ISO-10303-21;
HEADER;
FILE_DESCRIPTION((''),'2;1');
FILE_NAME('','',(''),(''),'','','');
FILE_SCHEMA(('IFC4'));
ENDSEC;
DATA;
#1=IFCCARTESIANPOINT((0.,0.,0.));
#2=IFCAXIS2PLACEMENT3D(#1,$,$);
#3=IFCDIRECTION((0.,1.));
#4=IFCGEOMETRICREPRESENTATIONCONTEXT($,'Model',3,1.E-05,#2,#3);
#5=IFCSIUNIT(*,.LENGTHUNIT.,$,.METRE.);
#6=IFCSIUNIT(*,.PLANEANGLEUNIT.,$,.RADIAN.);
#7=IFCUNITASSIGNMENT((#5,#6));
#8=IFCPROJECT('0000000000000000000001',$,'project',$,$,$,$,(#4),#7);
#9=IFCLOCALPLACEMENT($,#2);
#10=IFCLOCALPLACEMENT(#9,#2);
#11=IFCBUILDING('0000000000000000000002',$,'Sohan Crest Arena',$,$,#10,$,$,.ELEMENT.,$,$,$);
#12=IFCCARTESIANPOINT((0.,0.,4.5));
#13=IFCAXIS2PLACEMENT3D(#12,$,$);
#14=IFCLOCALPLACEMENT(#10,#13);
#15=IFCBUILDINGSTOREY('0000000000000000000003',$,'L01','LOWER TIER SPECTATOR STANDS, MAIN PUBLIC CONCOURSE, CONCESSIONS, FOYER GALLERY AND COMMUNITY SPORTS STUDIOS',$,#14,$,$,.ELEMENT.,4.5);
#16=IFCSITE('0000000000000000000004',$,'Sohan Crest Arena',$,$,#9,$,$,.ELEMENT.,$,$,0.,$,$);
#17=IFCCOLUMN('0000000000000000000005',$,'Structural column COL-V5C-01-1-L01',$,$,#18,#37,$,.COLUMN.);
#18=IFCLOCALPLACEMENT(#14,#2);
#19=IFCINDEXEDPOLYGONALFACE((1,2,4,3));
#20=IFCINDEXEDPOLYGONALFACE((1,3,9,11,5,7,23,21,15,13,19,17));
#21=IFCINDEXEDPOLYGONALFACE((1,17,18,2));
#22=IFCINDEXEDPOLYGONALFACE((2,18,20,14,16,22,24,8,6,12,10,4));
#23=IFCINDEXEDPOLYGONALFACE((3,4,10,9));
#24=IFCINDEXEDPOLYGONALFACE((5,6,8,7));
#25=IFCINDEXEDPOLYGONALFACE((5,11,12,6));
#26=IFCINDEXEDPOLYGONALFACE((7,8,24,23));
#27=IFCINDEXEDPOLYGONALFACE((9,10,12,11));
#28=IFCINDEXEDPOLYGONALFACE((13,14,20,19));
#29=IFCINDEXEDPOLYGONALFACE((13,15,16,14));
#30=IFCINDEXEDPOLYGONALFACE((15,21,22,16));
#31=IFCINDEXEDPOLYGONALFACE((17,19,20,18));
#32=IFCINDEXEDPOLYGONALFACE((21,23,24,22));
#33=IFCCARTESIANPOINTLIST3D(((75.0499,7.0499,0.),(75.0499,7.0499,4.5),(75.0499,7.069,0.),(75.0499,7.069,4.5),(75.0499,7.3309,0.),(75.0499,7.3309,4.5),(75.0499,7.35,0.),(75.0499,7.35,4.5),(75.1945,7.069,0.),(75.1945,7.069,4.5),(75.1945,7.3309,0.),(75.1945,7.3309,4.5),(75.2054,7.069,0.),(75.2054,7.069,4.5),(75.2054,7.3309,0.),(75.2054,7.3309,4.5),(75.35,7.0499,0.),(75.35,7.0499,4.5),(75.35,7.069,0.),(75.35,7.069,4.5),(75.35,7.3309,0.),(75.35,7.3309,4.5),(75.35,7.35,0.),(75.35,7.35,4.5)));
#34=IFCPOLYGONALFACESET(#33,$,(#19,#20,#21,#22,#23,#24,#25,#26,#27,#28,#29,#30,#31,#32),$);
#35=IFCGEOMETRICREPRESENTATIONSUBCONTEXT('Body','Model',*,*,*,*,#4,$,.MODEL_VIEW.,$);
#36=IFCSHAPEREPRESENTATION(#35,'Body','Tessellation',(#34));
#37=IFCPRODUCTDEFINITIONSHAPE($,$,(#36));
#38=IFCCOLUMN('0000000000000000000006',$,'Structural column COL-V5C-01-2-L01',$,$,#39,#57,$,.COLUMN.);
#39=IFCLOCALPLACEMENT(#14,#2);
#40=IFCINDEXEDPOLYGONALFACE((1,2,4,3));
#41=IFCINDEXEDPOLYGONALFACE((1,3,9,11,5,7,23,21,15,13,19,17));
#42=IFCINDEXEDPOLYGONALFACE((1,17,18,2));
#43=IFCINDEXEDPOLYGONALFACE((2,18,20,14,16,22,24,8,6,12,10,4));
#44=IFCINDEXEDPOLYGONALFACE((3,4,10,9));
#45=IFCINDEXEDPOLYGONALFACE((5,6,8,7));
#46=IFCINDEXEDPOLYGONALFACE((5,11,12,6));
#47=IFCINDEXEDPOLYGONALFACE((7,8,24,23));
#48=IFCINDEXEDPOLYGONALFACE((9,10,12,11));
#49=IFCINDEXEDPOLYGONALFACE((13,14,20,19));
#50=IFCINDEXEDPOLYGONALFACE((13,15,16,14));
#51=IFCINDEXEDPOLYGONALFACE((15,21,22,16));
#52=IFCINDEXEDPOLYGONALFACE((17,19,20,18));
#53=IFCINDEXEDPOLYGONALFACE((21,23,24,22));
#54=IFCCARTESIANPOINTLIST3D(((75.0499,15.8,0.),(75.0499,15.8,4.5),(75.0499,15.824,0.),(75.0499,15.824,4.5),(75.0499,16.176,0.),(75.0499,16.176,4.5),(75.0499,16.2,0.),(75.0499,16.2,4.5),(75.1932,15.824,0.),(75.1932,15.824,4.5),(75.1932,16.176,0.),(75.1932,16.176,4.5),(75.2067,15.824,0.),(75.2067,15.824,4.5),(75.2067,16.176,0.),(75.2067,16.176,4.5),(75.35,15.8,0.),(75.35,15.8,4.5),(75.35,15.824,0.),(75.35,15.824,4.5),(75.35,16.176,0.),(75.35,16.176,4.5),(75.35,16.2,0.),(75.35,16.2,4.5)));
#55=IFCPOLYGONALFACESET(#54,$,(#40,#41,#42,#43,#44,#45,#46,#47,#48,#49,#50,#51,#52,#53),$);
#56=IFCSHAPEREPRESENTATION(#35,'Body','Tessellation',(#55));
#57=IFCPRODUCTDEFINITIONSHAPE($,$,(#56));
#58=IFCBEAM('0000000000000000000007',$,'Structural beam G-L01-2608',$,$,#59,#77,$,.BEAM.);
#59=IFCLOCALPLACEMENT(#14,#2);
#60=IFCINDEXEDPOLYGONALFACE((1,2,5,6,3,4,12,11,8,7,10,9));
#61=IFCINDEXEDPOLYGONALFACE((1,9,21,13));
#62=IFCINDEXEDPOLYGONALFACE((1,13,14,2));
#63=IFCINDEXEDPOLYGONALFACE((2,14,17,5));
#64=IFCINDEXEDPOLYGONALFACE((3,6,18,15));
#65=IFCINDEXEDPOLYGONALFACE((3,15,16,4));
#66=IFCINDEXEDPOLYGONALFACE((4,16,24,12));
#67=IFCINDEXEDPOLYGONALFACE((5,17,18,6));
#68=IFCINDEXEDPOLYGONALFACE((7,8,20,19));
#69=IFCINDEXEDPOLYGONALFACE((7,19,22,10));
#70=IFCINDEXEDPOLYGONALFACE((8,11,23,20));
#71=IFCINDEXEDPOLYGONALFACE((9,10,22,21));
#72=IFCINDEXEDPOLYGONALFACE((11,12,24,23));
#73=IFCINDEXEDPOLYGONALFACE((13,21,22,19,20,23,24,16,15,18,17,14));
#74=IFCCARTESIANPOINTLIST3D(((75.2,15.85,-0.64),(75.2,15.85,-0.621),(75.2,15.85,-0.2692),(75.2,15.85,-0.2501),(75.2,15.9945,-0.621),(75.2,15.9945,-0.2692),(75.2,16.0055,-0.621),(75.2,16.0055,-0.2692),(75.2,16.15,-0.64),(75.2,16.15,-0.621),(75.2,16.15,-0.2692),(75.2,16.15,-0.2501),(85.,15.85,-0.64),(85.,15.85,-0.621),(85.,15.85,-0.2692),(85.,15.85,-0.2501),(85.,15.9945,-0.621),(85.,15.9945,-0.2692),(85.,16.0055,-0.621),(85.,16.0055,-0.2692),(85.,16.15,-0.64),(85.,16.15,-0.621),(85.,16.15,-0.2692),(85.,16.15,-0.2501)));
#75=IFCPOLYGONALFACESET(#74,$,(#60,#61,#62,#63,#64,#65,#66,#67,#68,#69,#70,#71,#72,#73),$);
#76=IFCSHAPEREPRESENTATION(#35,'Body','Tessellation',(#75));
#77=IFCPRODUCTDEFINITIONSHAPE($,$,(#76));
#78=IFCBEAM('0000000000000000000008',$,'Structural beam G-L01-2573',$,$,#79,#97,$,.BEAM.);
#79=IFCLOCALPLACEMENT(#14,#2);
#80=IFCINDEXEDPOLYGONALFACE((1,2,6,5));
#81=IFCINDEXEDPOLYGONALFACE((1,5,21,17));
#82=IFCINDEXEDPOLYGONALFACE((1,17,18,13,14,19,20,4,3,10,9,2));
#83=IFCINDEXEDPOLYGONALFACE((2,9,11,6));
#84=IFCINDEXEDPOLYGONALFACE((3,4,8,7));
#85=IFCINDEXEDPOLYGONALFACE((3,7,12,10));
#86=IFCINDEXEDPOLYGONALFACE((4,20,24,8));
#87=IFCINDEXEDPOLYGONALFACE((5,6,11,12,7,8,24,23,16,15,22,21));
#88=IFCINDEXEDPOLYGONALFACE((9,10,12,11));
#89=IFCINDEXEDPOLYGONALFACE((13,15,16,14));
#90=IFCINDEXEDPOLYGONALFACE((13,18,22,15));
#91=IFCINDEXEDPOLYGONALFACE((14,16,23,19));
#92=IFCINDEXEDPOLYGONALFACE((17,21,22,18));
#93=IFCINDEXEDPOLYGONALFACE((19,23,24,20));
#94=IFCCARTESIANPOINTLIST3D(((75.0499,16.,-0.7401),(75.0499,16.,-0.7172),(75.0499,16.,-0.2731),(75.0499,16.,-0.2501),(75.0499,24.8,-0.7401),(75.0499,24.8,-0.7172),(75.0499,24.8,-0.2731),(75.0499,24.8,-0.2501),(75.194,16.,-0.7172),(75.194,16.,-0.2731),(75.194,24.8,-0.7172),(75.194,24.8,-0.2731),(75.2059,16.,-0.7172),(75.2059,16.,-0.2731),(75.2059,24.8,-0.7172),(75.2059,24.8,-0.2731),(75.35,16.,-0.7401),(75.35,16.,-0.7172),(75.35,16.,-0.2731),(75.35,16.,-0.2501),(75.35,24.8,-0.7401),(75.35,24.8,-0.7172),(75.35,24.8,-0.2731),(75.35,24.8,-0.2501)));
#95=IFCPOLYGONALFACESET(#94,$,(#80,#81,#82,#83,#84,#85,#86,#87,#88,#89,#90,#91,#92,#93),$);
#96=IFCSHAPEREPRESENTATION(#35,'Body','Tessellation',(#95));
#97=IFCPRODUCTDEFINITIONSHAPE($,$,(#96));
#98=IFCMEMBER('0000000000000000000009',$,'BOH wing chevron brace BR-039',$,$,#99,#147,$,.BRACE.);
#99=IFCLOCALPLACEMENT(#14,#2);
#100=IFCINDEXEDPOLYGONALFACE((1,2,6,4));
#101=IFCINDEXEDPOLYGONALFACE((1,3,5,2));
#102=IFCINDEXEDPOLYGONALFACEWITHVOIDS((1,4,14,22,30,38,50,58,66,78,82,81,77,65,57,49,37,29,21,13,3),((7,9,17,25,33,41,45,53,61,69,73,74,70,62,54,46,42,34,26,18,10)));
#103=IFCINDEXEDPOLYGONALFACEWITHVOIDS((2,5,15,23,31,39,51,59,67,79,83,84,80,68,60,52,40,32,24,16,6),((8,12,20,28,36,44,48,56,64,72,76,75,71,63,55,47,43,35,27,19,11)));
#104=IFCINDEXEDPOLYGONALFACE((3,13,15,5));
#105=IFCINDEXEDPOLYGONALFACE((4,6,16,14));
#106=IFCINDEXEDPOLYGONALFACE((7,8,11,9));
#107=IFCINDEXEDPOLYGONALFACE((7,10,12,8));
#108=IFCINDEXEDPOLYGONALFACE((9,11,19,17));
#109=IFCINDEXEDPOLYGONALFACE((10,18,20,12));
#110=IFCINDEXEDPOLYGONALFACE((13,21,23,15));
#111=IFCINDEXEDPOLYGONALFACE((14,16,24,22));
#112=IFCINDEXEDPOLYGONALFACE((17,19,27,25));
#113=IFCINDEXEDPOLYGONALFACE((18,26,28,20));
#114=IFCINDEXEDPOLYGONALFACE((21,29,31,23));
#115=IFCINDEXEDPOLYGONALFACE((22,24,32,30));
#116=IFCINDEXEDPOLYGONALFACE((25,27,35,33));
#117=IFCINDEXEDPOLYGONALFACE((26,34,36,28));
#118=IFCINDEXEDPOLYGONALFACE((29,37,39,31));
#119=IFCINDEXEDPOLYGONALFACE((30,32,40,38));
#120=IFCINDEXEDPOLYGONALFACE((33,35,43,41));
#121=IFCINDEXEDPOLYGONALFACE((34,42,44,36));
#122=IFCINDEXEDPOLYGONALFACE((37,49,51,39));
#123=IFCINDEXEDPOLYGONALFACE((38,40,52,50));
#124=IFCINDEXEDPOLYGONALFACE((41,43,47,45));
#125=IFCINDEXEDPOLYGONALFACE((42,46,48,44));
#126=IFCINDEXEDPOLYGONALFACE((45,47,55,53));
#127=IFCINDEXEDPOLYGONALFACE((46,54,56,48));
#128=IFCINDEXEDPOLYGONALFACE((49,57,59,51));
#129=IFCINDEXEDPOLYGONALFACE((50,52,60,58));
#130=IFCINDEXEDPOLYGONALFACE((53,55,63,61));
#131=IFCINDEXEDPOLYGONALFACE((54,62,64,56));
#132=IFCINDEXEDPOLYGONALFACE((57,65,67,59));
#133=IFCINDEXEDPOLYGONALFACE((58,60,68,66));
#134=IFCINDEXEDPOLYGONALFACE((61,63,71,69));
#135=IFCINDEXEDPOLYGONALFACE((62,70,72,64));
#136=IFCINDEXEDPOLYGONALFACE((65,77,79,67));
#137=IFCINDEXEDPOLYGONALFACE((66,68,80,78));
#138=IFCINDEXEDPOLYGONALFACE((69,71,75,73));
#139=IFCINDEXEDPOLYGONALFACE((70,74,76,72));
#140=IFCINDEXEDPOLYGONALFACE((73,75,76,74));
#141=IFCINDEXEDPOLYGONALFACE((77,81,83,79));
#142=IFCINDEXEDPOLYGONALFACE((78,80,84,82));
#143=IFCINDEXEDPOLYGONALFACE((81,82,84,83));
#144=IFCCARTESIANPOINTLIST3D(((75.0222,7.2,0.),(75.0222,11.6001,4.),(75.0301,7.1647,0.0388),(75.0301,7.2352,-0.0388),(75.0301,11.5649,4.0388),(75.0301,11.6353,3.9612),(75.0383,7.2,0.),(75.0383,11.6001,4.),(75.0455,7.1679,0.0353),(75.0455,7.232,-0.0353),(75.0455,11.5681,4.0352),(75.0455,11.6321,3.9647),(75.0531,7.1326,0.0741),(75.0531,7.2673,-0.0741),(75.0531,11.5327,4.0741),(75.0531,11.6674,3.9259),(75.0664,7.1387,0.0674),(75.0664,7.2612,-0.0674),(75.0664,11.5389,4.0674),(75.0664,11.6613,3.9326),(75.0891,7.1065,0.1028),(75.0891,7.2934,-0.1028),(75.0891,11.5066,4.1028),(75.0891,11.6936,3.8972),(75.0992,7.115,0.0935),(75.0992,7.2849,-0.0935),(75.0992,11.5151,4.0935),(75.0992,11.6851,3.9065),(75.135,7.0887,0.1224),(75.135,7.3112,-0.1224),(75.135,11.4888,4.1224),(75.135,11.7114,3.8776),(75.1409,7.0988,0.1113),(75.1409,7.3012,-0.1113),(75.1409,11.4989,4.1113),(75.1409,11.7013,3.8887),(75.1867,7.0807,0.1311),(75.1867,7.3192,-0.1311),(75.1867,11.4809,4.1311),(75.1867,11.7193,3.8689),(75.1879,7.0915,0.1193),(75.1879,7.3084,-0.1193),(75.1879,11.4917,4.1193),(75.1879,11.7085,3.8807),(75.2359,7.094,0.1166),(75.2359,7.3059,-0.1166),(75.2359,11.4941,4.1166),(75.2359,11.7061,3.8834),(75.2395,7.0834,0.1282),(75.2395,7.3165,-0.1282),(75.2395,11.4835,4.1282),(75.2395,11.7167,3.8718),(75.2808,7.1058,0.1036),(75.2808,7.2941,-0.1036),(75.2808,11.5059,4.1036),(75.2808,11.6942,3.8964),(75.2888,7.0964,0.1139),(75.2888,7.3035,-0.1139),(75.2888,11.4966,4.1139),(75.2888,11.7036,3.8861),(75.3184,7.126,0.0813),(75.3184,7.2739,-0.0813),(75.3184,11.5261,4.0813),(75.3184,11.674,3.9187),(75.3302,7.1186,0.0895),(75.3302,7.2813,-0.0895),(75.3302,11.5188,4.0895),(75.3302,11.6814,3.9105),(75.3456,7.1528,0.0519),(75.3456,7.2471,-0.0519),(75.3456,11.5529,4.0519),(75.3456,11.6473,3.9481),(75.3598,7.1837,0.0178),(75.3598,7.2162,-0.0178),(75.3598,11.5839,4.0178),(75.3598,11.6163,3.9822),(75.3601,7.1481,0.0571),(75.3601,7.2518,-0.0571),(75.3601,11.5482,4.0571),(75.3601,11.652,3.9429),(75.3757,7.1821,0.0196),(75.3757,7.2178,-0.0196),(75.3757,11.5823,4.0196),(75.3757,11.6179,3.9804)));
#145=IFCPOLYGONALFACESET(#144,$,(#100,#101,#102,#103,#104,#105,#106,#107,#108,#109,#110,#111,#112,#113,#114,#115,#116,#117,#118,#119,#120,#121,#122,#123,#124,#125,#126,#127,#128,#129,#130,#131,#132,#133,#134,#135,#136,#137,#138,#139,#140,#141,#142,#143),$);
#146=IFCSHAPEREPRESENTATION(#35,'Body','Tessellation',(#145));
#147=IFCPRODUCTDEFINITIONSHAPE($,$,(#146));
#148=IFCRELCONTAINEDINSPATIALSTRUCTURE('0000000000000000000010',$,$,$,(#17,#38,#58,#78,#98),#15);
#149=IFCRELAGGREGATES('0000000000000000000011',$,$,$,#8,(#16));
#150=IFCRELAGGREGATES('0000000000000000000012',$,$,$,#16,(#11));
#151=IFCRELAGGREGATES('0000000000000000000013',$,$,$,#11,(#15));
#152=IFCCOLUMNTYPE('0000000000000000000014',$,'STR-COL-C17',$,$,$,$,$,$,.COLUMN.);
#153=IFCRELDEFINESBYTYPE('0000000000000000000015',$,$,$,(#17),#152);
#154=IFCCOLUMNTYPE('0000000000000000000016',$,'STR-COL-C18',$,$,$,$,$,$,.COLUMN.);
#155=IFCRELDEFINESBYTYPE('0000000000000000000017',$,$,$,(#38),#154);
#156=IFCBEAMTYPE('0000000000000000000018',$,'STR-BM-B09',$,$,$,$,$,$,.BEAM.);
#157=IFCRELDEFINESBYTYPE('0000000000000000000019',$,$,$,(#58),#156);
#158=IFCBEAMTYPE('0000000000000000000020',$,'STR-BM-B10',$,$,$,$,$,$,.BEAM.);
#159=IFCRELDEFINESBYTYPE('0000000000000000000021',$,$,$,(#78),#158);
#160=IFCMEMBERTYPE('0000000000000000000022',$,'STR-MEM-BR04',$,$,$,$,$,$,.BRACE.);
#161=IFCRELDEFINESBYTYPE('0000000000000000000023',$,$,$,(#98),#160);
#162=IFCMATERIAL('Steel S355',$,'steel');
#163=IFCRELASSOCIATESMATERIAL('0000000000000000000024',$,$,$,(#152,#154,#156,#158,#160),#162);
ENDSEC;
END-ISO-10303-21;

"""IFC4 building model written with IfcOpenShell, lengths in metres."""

from ifc_helpers import new_model, si_unit, direction, frame, origin, origin_2d, place, context, subcontext, project, spatial, hollow_circle, i_section, extrude, material, material_profile, profile_set, type_object, element, save


model = new_model("IFC4")

# Units and contexts
model_context = context("Model", 3, precision=1e-05, world=origin(), true_north=direction((0.0, 1.0)))
body_context = subcontext(model_context, "Body", "Model", "MODEL_VIEW")
ifc_project = project(units=[si_unit("LENGTHUNIT", "METRE"), si_unit("PLANEANGLEUNIT", "RADIAN")], contexts=[model_context])

# Site, building, storey
site_placement = place(None, origin())
site = spatial("IfcSite", under=ifc_project, at=site_placement, Name="Sohan Crest Arena", CompositionType="ELEMENT", RefElevation=0.0)
building_placement = place(site_placement, origin())
building = spatial("IfcBuilding", under=site, at=building_placement, Name="Sohan Crest Arena", CompositionType="ELEMENT")
storey_placement = place(building_placement, frame((0.0, 0.0, 4.5)))
storey = spatial("IfcBuildingStorey", under=building, at=storey_placement, Name="L01", Description="LOWER TIER SPECTATOR STANDS, MAIN PUBLIC CONCOURSE, CONCESSIONS, FOYER GALLERY AND COMMUNITY SPORTS STUDIOS", CompositionType="ELEMENT", Elevation=4.5)

# Columns
ifc_material_1 = material(Name="Steel S355", Category="steel")
ifc_material_profile_1 = material_profile(ifc_material_1, i_section(OverallWidth=0.3, OverallDepth=0.3, WebThickness=0.011, FlangeThickness=0.019, at=origin_2d()), Name="HEB 300")
ifc_profile_set_1 = profile_set([ifc_material_profile_1], Name="Steel S355")
column_type_1 = type_object("IfcColumnType", Name="STR-COL-C17", PredefinedType="COLUMN", material=ifc_profile_set_1)
column_1_placement = place(storey_placement, frame((75.2, 7.2, 0.0), z_axis=(0.0, 0.0, 1.0), x_axis=(1.0, 0.0, 0.0)))
element("IfcColumn", 1, at=column_1_placement, inside=storey, type_object=column_type_1, Name="Structural column COL-V5C-01-1-L01", PredefinedType="COLUMN", context=body_context, shape_type="SweptSolid", body=[
    extrude(i_section(OverallWidth=0.3, OverallDepth=0.3, WebThickness=0.011, FlangeThickness=0.019, at=origin_2d()), origin(), (0.0, 0.0, 1.0), 4.5),
])
ifc_material_profile_2 = material_profile(ifc_material_1, i_section(OverallWidth=0.3, OverallDepth=0.3999, WebThickness=0.0134, FlangeThickness=0.0239, at=origin_2d()), Name="HEB 400")
ifc_profile_set_2 = profile_set([ifc_material_profile_2], Name="Steel S355")
column_type_2 = type_object("IfcColumnType", Name="STR-COL-C18", PredefinedType="COLUMN", material=ifc_profile_set_2)
column_2_placement = place(storey_placement, frame((75.2, 16.0, 0.0), z_axis=(0.0, 0.0, 1.0), x_axis=(1.0, 0.0, 0.0)))
element("IfcColumn", 2, at=column_2_placement, inside=storey, type_object=column_type_2, Name="Structural column COL-V5C-01-2-L01", PredefinedType="COLUMN", context=body_context, shape_type="SweptSolid", body=[
    extrude(i_section(OverallWidth=0.3, OverallDepth=0.3999, WebThickness=0.0134, FlangeThickness=0.0239, at=origin_2d()), origin(), (0.0, 0.0, 1.0), 4.5),
])

# Beams
ifc_material_profile_3 = material_profile(ifc_material_1, i_section(OverallWidth=0.3, OverallDepth=0.3899, WebThickness=0.011, FlangeThickness=0.019, at=origin_2d()), Name="HEA 400")
ifc_profile_set_3 = profile_set([ifc_material_profile_3], Name="Steel S355")
beam_type_1 = type_object("IfcBeamType", Name="STR-BM-B09", PredefinedType="BEAM", material=ifc_profile_set_3)
beam_1_placement = place(storey_placement, frame((75.2, 16.0, -0.4451), z_axis=(1.0, 0.0, 0.0), x_axis=(0.0, 1.0, 0.0)))
element("IfcBeam", 3, at=beam_1_placement, inside=storey, type_object=beam_type_1, Name="Structural beam G-L01-2608", PredefinedType="BEAM", context=body_context, shape_type="SweptSolid", body=[
    extrude(i_section(OverallWidth=0.3, OverallDepth=0.3899, WebThickness=0.011, FlangeThickness=0.019, at=origin_2d()), origin(), (0.0, 0.0, 1.0), 9.8),
])
ifc_material_profile_4 = material_profile(ifc_material_1, i_section(OverallWidth=0.3, OverallDepth=0.49, WebThickness=0.012, FlangeThickness=0.0229, at=origin_2d()), Name="HEA 500")
ifc_profile_set_4 = profile_set([ifc_material_profile_4], Name="Steel S355")
beam_type_2 = type_object("IfcBeamType", Name="STR-BM-B10", PredefinedType="BEAM", material=ifc_profile_set_4)
beam_2_placement = place(storey_placement, frame((75.2, 16.0, -0.4951), z_axis=(0.0, 1.0, 0.0), x_axis=(-1.0, 0.0, 0.0)))
element("IfcBeam", 4, at=beam_2_placement, inside=storey, type_object=beam_type_2, Name="Structural beam G-L01-2573", PredefinedType="BEAM", context=body_context, shape_type="SweptSolid", body=[
    extrude(i_section(OverallWidth=0.3, OverallDepth=0.49, WebThickness=0.012, FlangeThickness=0.0229, at=origin_2d()), origin(), (0.0, 0.0, 1.0), 8.8),
])

# Member
ifc_material_profile_5 = material_profile(ifc_material_1, hollow_circle(Radius=0.1777, WallThickness=0.0161, at=origin_2d()), Name="CHS 355.6x16")
ifc_profile_set_5 = profile_set([ifc_material_profile_5], Name="Steel S355")
member_type = type_object("IfcMemberType", Name="STR-MEM-BR04", PredefinedType="BRACE", material=ifc_profile_set_5)
member_1_placement = place(storey_placement, frame((75.2, 7.2, 0.0), z_axis=(0.0, 0.739951, 0.672661), x_axis=(-1.0, 0.0, 0.0)))
element("IfcMember", 5, at=member_1_placement, inside=storey, type_object=member_type, Name="BOH wing chevron brace BR-039", PredefinedType="BRACE", context=body_context, shape_type="SweptSolid", body=[
    extrude(hollow_circle(Radius=0.1777, WallThickness=0.0161, at=origin_2d()), origin(), (0.0, 0.0, 1.0), 5.9465),
])

save(model, "model.ifc")
